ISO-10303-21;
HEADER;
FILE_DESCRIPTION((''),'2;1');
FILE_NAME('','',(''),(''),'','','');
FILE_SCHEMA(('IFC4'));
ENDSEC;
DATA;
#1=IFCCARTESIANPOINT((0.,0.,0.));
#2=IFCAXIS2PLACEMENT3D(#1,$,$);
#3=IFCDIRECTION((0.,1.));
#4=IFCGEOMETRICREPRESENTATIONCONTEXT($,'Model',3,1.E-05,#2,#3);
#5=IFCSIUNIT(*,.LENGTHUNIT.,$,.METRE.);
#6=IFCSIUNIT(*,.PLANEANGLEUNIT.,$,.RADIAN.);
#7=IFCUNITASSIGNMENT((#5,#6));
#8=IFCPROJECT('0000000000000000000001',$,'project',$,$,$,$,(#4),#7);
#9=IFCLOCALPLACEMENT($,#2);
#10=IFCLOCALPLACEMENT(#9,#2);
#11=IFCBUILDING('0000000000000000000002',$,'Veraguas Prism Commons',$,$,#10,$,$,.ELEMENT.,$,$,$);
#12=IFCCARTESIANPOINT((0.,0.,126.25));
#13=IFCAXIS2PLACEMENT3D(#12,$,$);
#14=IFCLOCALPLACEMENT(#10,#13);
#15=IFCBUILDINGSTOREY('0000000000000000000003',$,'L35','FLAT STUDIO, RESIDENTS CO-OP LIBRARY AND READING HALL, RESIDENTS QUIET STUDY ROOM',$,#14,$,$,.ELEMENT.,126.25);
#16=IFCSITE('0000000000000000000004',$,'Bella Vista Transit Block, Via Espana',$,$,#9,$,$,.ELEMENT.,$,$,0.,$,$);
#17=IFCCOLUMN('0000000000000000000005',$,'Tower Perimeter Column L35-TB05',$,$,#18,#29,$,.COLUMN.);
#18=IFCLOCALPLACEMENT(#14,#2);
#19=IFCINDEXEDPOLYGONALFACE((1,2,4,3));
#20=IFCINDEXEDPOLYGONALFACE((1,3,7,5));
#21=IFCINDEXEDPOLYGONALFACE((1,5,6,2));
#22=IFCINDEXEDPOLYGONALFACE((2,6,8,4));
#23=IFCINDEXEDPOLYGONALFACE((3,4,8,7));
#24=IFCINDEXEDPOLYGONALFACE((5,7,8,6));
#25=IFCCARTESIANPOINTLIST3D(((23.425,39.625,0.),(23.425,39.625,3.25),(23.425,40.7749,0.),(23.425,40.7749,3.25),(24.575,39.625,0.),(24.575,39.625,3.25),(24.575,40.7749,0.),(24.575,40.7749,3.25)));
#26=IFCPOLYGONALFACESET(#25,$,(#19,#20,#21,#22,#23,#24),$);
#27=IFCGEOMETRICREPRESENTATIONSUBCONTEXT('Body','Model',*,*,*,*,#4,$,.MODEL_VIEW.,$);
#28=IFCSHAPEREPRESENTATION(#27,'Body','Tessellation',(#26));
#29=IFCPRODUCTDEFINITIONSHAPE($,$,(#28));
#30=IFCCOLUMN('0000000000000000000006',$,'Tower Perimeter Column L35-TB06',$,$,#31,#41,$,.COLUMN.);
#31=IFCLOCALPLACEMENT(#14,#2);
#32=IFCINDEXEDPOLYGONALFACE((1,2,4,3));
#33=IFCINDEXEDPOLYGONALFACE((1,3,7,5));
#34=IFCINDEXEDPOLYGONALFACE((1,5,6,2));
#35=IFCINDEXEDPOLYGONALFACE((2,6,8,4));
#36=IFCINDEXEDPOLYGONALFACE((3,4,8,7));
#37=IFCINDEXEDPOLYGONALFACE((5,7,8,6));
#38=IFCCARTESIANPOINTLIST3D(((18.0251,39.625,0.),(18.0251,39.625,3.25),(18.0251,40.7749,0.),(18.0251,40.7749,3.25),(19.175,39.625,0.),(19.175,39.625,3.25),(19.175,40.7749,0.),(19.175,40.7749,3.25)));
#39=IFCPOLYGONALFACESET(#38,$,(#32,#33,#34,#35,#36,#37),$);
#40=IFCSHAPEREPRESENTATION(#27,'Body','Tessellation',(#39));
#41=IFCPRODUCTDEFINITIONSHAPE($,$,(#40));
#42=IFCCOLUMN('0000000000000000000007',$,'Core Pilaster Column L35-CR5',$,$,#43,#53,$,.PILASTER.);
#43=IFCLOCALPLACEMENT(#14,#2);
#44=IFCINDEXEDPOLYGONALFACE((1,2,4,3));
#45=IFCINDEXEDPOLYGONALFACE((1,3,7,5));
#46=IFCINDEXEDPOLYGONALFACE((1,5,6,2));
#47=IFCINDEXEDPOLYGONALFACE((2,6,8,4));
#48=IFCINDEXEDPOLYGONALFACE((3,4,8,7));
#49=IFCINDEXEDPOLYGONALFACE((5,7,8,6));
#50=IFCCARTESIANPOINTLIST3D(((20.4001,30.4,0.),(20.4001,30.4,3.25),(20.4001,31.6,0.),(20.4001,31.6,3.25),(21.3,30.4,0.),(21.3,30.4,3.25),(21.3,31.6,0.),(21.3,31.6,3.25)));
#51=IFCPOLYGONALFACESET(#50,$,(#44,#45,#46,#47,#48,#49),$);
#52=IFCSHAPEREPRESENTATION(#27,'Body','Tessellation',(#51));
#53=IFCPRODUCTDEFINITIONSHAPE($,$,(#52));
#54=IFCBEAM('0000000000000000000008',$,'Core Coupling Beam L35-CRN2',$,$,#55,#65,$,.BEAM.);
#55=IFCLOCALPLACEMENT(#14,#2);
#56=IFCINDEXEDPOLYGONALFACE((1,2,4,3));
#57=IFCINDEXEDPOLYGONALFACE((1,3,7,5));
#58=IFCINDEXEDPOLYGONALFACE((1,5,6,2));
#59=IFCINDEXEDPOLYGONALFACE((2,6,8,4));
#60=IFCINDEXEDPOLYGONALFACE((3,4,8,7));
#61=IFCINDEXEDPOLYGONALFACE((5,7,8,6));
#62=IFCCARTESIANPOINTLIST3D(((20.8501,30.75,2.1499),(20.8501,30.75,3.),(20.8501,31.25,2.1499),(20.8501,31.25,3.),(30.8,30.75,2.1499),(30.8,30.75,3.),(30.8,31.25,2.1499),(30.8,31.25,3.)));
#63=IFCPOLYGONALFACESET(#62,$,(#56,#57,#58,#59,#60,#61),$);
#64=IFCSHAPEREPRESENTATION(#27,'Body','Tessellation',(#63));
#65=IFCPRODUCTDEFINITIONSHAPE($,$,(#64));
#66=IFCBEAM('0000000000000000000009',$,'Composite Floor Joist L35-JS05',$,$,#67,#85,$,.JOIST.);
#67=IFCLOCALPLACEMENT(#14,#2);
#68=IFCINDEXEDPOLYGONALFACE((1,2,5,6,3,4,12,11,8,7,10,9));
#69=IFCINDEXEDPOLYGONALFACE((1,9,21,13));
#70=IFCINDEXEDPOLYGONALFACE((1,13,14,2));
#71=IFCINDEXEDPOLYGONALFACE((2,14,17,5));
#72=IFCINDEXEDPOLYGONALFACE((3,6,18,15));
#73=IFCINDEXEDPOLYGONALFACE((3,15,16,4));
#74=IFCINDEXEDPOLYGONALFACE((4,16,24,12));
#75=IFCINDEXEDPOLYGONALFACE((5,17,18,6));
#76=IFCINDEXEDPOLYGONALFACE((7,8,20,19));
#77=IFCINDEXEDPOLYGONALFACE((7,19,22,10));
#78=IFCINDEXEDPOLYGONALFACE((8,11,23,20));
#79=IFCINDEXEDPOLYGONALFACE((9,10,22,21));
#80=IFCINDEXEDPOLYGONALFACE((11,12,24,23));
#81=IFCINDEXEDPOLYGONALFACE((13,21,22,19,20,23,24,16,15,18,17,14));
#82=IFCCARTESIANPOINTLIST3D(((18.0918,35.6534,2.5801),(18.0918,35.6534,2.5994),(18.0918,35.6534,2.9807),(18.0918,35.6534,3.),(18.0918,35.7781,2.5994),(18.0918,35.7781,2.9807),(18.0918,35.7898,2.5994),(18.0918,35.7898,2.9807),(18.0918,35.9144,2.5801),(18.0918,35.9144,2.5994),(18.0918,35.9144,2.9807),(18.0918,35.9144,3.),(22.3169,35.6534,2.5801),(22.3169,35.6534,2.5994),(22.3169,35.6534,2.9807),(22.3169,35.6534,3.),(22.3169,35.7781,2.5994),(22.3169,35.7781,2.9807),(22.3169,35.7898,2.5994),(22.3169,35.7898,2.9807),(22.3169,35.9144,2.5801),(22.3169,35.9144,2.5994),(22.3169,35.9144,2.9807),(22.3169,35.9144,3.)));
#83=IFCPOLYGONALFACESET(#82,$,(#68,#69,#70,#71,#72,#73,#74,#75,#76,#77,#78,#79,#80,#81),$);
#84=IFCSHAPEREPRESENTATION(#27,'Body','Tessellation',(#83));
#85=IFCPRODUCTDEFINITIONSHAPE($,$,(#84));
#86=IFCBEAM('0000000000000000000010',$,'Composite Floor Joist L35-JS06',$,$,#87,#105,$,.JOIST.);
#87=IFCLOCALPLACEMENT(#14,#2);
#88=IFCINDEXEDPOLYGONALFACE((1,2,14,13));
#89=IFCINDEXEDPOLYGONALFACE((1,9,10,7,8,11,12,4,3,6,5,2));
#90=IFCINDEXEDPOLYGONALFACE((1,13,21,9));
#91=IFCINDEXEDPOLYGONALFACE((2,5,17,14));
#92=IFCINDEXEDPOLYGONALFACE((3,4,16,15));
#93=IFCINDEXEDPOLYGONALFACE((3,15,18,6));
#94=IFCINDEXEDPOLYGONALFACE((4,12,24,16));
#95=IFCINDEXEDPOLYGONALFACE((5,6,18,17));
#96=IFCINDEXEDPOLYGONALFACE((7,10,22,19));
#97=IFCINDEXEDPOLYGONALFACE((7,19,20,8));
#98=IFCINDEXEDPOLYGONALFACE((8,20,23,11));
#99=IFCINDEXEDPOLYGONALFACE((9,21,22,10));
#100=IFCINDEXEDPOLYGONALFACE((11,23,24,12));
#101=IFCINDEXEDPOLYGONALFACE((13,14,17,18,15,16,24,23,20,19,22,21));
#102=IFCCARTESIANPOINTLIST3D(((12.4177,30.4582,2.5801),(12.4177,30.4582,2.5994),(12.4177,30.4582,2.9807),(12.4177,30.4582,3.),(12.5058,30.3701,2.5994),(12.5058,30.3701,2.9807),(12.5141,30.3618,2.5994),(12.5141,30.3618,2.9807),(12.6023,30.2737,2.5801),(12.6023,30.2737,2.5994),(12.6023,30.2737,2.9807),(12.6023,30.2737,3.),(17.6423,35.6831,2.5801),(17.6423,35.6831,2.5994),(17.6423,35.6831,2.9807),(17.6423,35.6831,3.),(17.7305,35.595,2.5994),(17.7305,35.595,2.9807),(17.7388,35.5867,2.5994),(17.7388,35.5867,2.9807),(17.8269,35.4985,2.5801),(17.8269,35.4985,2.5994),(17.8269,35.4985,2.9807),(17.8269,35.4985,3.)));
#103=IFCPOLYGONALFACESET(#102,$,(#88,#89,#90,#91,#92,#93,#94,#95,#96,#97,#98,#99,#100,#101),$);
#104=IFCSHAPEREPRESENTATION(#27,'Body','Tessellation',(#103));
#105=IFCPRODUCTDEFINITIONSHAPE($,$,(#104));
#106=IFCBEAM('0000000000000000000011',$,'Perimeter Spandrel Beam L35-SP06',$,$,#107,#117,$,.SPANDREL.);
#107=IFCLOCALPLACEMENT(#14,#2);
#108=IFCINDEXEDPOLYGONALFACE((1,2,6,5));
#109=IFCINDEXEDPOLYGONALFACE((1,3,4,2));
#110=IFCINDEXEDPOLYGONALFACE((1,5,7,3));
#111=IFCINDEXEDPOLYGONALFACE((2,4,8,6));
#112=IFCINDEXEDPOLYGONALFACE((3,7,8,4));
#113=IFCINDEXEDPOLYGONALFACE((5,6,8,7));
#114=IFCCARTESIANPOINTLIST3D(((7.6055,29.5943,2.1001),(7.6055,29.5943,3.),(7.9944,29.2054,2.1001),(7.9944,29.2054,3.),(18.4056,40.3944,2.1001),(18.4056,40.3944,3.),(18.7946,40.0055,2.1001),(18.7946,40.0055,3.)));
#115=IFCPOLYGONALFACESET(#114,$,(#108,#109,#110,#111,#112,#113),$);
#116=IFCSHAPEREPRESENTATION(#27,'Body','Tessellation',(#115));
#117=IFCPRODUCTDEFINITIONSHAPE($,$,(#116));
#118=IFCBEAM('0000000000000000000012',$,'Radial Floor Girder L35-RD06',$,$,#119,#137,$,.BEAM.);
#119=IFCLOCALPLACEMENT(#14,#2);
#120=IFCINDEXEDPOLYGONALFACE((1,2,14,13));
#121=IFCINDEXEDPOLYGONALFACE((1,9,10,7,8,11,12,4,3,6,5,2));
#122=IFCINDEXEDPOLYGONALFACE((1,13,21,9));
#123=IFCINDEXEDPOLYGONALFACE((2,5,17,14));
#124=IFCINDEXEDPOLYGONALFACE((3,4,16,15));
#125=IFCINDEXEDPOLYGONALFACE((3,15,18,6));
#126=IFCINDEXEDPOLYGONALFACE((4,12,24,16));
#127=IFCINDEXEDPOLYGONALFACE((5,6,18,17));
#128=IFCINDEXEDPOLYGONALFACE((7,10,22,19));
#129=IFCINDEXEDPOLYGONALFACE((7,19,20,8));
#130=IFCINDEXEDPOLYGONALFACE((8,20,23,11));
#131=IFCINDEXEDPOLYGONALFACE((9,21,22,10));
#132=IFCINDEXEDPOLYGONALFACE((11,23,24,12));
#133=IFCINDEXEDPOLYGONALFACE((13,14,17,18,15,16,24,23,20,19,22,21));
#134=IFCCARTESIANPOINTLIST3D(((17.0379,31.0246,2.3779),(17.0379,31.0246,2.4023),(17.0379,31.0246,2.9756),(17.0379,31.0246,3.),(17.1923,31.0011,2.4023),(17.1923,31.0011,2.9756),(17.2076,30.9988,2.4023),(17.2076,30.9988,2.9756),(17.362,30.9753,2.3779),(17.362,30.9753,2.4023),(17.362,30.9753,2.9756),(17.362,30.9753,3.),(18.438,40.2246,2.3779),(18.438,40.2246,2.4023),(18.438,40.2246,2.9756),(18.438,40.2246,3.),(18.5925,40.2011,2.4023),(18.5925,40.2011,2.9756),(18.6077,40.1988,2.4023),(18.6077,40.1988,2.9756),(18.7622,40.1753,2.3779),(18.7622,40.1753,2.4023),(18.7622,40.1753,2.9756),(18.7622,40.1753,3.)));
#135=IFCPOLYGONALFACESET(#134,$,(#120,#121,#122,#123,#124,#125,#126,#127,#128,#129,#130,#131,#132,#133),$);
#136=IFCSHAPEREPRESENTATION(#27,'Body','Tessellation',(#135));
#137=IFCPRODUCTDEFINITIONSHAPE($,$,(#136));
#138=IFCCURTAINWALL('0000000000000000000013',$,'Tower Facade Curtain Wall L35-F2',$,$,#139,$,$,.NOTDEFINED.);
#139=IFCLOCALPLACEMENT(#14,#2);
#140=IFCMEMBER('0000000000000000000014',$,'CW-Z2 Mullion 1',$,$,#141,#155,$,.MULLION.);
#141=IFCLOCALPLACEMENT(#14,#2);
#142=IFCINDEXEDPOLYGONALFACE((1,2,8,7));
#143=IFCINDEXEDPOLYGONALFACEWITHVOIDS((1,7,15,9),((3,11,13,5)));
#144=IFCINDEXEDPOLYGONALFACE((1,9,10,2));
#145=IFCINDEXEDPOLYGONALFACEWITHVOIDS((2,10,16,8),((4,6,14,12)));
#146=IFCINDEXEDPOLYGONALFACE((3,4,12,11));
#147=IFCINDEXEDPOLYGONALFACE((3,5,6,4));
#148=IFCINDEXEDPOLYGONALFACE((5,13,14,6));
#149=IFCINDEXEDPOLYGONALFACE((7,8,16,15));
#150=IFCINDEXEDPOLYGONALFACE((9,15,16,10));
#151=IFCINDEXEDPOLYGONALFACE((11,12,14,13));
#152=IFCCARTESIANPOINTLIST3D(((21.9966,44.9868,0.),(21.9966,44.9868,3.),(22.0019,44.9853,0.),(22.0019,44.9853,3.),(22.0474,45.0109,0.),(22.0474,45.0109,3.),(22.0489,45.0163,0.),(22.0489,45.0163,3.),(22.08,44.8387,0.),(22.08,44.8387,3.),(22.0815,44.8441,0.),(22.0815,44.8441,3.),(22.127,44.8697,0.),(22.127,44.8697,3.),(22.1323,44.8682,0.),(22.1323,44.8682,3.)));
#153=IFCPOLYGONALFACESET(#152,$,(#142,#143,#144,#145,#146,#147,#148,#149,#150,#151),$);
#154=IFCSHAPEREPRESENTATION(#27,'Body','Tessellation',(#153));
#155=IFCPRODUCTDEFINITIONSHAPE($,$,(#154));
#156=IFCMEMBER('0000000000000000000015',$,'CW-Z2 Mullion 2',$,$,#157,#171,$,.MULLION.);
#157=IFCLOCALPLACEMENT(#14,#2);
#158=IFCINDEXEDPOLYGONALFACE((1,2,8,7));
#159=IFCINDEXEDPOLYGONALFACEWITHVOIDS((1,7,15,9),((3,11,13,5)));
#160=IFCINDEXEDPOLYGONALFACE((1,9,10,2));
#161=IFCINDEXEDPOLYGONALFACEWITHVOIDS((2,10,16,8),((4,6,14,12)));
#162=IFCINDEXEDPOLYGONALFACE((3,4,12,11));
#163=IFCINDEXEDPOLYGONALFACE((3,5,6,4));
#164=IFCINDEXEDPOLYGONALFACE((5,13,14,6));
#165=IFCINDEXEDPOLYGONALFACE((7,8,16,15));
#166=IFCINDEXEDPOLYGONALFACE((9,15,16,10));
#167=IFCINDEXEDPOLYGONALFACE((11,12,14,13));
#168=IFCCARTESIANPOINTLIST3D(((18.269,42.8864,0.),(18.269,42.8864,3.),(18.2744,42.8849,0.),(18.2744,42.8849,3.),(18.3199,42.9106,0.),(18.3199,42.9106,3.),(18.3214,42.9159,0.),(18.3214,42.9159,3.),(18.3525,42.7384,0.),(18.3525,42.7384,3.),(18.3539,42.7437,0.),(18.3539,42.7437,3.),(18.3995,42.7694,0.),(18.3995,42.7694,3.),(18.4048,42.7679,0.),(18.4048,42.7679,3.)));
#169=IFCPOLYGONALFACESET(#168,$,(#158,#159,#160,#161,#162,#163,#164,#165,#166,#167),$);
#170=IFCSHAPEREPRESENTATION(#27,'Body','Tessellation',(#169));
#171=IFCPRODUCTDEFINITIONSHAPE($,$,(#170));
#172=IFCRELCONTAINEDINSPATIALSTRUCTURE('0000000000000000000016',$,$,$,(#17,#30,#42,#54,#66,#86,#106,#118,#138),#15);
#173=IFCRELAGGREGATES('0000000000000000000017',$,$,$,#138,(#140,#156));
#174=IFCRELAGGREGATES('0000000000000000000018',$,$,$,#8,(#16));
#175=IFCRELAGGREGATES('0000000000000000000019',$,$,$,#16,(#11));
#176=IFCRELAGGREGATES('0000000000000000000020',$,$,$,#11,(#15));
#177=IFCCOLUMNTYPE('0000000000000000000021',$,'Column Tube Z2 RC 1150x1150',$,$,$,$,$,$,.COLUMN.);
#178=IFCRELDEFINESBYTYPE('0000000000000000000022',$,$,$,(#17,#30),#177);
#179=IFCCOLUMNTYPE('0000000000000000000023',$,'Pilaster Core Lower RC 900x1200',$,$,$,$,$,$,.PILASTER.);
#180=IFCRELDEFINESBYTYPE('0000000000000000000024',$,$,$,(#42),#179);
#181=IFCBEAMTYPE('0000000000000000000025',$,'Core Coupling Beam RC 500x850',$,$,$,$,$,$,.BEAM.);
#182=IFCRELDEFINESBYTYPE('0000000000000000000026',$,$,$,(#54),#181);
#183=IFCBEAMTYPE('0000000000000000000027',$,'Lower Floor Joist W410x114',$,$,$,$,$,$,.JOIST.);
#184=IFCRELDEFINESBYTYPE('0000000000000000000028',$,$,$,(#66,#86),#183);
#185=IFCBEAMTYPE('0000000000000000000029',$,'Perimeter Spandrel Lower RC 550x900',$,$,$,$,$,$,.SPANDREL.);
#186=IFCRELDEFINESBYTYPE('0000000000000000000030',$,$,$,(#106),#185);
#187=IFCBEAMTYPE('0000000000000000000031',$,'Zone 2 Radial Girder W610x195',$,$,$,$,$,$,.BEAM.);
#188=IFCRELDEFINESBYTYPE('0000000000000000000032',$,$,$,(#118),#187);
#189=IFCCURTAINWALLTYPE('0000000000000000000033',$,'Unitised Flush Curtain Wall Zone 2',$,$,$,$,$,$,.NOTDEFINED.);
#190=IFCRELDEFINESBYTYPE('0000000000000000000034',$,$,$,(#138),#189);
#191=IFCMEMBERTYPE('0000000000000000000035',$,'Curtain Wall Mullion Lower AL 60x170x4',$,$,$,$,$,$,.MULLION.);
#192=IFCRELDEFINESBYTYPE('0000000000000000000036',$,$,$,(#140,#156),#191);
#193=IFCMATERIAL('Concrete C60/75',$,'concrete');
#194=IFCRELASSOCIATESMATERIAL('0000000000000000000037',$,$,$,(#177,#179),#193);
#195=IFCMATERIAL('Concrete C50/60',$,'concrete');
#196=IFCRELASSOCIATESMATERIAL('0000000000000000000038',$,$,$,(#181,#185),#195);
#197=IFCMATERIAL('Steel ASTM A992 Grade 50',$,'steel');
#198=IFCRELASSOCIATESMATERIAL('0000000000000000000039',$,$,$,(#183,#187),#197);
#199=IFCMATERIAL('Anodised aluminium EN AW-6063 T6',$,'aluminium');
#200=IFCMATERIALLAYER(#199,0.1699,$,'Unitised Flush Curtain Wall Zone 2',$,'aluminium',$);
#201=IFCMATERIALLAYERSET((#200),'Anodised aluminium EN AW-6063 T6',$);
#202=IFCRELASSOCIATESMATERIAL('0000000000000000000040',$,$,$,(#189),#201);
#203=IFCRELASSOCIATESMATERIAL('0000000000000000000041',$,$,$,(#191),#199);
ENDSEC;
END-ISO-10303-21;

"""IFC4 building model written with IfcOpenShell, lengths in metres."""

from ifc_helpers import new_model, si_unit, direction, frame, origin, origin_2d, place, context, subcontext, project, spatial, rectangle, hollow_rectangle, i_section, extrude, source, transform, mapped, material, layer, layer_set, material_profile, profile_set, type_object, element, aggregate, save


model = new_model("IFC4")

# Units and contexts
model_context = context("Model", 3, precision=1e-05, world=origin(), true_north=direction((0.0, 1.0)))
body_context = subcontext(model_context, "Body", "Model", "MODEL_VIEW")
ifc_project = project(units=[si_unit("LENGTHUNIT", "METRE"), si_unit("PLANEANGLEUNIT", "RADIAN")], contexts=[model_context])

# Site, building, storey
site_placement = place(None, origin())
site = spatial("IfcSite", under=ifc_project, at=site_placement, Name="Bella Vista Transit Block, Via Espana", CompositionType="ELEMENT", RefElevation=0.0)
building_placement = place(site_placement, origin())
building = spatial("IfcBuilding", under=site, at=building_placement, Name="Veraguas Prism Commons", CompositionType="ELEMENT")
storey_placement = place(building_placement, frame((0.0, 0.0, 126.25)))
storey = spatial("IfcBuildingStorey", under=building, at=storey_placement, Name="L35", Description="FLAT STUDIO, RESIDENTS CO-OP LIBRARY AND READING HALL, RESIDENTS QUIET STUDY ROOM", CompositionType="ELEMENT", Elevation=126.25)

# Columns
ifc_material_1 = material(Name="Concrete C60/75", Category="concrete")
ifc_material_profile_1 = material_profile(ifc_material_1, rectangle(XDim=1.1499, YDim=1.1499, at=origin_2d()), Name="RC1150X1150")
ifc_profile_set_1 = profile_set([ifc_material_profile_1], Name="Concrete C60/75")
column_type_1 = type_object("IfcColumnType", Name="Column Tube Z2 RC 1150x1150", PredefinedType="COLUMN", material=ifc_profile_set_1)
for number, where, z_axis, x_axis, name in (
    (1, (24.0, 40.2, 0.0), (0.0, 0.0, 1.0), (1.0, 0.0, 0.0), "Tower Perimeter Column L35-TB05"),
    (2, (18.6001, 40.2, 0.0), (0.0, 0.0, 1.0), (1.0, 0.0, 0.0), "Tower Perimeter Column L35-TB06"),
):
    element("IfcColumn", number, at=place(storey_placement, frame(where, z_axis=z_axis, x_axis=x_axis)), inside=storey, type_object=column_type_1, Name=name, PredefinedType="COLUMN", context=body_context, shape_type="SweptSolid", body=[
        extrude(rectangle(XDim=1.1499, YDim=1.1499, at=origin_2d()), origin(), (0.0, 0.0, 1.0), 3.25),
    ])
ifc_material_profile_2 = material_profile(ifc_material_1, rectangle(XDim=0.8999, YDim=1.2, at=origin_2d()), Name="RC900X1200")
ifc_profile_set_2 = profile_set([ifc_material_profile_2], Name="Concrete C60/75")
column_type_2 = type_object("IfcColumnType", Name="Pilaster Core Lower RC 900x1200", PredefinedType="PILASTER", material=ifc_profile_set_2)
column_placement = place(storey_placement, frame((20.8501, 31.0, 0.0), z_axis=(0.0, 0.0, 1.0), x_axis=(1.0, 0.0, 0.0)))
element("IfcColumn", 3, at=column_placement, inside=storey, type_object=column_type_2, Name="Core Pilaster Column L35-CR5", PredefinedType="PILASTER", context=body_context, shape_type="SweptSolid", body=[
    extrude(rectangle(XDim=0.8999, YDim=1.2, at=origin_2d()), origin(), (0.0, 0.0, 1.0), 3.25),
])

# Beams
ifc_material_2 = material(Name="Concrete C50/60", Category="concrete")
ifc_material_profile_3 = material_profile(ifc_material_2, rectangle(XDim=0.5, YDim=0.8501, at=origin_2d()), Name="RC500X850")
ifc_profile_set_3 = profile_set([ifc_material_profile_3], Name="Concrete C50/60")
beam_type_1 = type_object("IfcBeamType", Name="Core Coupling Beam RC 500x850", PredefinedType="BEAM", material=ifc_profile_set_3)
beam_1_placement = place(storey_placement, frame((20.8501, 31.0, 2.575), z_axis=(1.0, 0.0, 0.0), x_axis=(0.0, 1.0, 0.0)))
element("IfcBeam", 4, at=beam_1_placement, inside=storey, type_object=beam_type_1, Name="Core Coupling Beam L35-CRN2", PredefinedType="BEAM", context=body_context, shape_type="SweptSolid", body=[
    extrude(rectangle(XDim=0.5, YDim=0.8501, at=origin_2d()), origin(), (0.0, 0.0, 1.0), 9.95),
])
ifc_material_3 = material(Name="Steel ASTM A992 Grade 50", Category="steel")
ifc_material_profile_4 = material_profile(ifc_material_3, i_section(OverallWidth=0.261, OverallDepth=0.4199, WebThickness=0.0117, FlangeThickness=0.0193, at=origin_2d()), Name="W410X114")
ifc_profile_set_4 = profile_set([ifc_material_profile_4], Name="Steel ASTM A992 Grade 50")
beam_type_2 = type_object("IfcBeamType", Name="Lower Floor Joist W410x114", PredefinedType="JOIST", material=ifc_profile_set_4)
beam_2_placement = place(storey_placement, frame((22.3169, 35.7839, 2.79), z_axis=(-1.0, 0.0, 0.0), x_axis=(0.0, -1.0, 0.0)))
element("IfcBeam", 5, at=beam_2_placement, inside=storey, type_object=beam_type_2, Name="Composite Floor Joist L35-JS05", PredefinedType="JOIST", context=body_context, shape_type="SweptSolid", body=[
    extrude(i_section(OverallWidth=0.261, OverallDepth=0.4199, WebThickness=0.0117, FlangeThickness=0.0193, at=origin_2d()), origin(), (0.0, 0.0, 1.0), 4.2251),
])
beam_3_placement = place(storey_placement, frame((17.7346, 35.5908, 2.79), z_axis=(-0.70709, -0.707123, 0.0), x_axis=(0.707123, -0.70709, 0.0)))
element("IfcBeam", 6, at=beam_3_placement, inside=storey, type_object=beam_type_2, Name="Composite Floor Joist L35-JS06", PredefinedType="JOIST", context=body_context, shape_type="SweptSolid", body=[
    extrude(i_section(OverallWidth=0.261, OverallDepth=0.4199, WebThickness=0.0117, FlangeThickness=0.0193, at=origin_2d()), origin(), (0.0, 0.0, 1.0), 7.3889),
])
ifc_material_profile_5 = material_profile(ifc_material_2, rectangle(XDim=0.55, YDim=0.8999, at=origin_2d()), Name="RC550X900")
ifc_profile_set_5 = profile_set([ifc_material_profile_5], Name="Concrete C50/60")
beam_type_3 = type_object("IfcBeamType", Name="Perimeter Spandrel Lower RC 550x900", PredefinedType="SPANDREL", material=ifc_profile_set_5)
beam_4_placement = place(storey_placement, frame((18.6001, 40.2, 2.55), z_axis=(-0.707107, -0.707107, 0.0), x_axis=(0.707107, -0.707107, 0.0)))
element("IfcBeam", 7, at=beam_4_placement, inside=storey, type_object=beam_type_3, Name="Perimeter Spandrel Beam L35-SP06", PredefinedType="SPANDREL", context=body_context, shape_type="SweptSolid", body=[
    extrude(rectangle(XDim=0.55, YDim=0.8999, at=origin_2d()), origin(), (0.0, 0.0, 1.0), 15.2737),
])
ifc_material_profile_6 = material_profile(ifc_material_3, i_section(OverallWidth=0.3279, OverallDepth=0.6221, WebThickness=0.0154, FlangeThickness=0.0244, at=origin_2d()), Name="W610X195")
ifc_profile_set_6 = profile_set([ifc_material_profile_6], Name="Steel ASTM A992 Grade 50")
beam_type_4 = type_object("IfcBeamType", Name="Zone 2 Radial Girder W610x195", PredefinedType="BEAM", material=ifc_profile_set_6)
beam_5_placement = place(storey_placement, frame((18.6001, 40.2, 2.689), z_axis=(-0.150458, -0.988616, 0.0), x_axis=(0.988616, -0.150458, 0.0)))
element("IfcBeam", 8, at=beam_5_placement, inside=storey, type_object=beam_type_4, Name="Radial Floor Girder L35-RD06", PredefinedType="BEAM", context=body_context, shape_type="SweptSolid", body=[
    extrude(i_section(OverallWidth=0.3279, OverallDepth=0.6221, WebThickness=0.0154, FlangeThickness=0.0244, at=origin_2d()), origin(), (0.0, 0.0, 1.0), 9.3059),
])

# Curtain wall, members
ifc_material_4 = material(Name="Anodised aluminium EN AW-6063 T6", Category="aluminium")
ifc_layer_1 = layer(ifc_material_4, 0.1699, Name="Unitised Flush Curtain Wall Zone 2", Category="aluminium")
ifc_layer_set_1 = layer_set([ifc_layer_1], Name="Anodised aluminium EN AW-6063 T6")
curtain_wall_type = type_object("IfcCurtainWallType", Name="Unitised Flush Curtain Wall Zone 2", PredefinedType="NOTDEFINED", material=ifc_layer_set_1)
curtain_wall_1_placement = place(storey_placement, origin())
curtain_wall_1 = element("IfcCurtainWall", 9, at=curtain_wall_1_placement, inside=storey, type_object=curtain_wall_type, Name="Tower Facade Curtain Wall L35-F2", PredefinedType="NOTDEFINED")
ifc_material_profile_7 = material_profile(ifc_material_4, hollow_rectangle(XDim=0.0601, YDim=0.1699, WallThickness=0.0039, at=origin_2d()), Name="AL60X170X4")
ifc_profile_set_7 = profile_set([ifc_material_profile_7], Name="Anodised aluminium EN AW-6063 T6")
member_type_1 = type_object("IfcMemberType", Name="Curtain Wall Mullion Lower AL 60x170x4", PredefinedType="MULLION", material=ifc_profile_set_7)
shared_shape_1 = source(origin(), body_context, "Body", "SweptSolid", [
    extrude(hollow_rectangle(XDim=0.0601, YDim=0.1699, WallThickness=0.0039, at=origin_2d()), origin(), (0.0, 0.0, 1.0), 3.0),
])
member_1_placement = place(storey_placement, frame((22.0645, 44.9275, 0.0), z_axis=(0.0, 0.0, 1.0), x_axis=(-0.871215, -0.490902, 0.0)))
member_1 = element("IfcMember", 10, at=member_1_placement, type_object=member_type_1, Name="CW-Z2 Mullion 1", PredefinedType="MULLION", context=body_context, shape_type="MappedRepresentation", body=[
    mapped(shared_shape_1, transform((0.0, 0.0, 0.0), scale=1.0)),
])
member_2_placement = place(storey_placement, frame((18.3369, 42.8271, 0.0), z_axis=(0.0, 0.0, 1.0), x_axis=(-0.871215, -0.490902, 0.0)))
member_2 = element("IfcMember", 11, at=member_2_placement, type_object=member_type_1, Name="CW-Z2 Mullion 2", PredefinedType="MULLION", context=body_context, shape_type="MappedRepresentation", body=[
    mapped(shared_shape_1, transform((0.0, 0.0, 0.0), scale=1.0)),
])

aggregate(curtain_wall_1, [member_1, member_2])

save(model, "model.ifc")
